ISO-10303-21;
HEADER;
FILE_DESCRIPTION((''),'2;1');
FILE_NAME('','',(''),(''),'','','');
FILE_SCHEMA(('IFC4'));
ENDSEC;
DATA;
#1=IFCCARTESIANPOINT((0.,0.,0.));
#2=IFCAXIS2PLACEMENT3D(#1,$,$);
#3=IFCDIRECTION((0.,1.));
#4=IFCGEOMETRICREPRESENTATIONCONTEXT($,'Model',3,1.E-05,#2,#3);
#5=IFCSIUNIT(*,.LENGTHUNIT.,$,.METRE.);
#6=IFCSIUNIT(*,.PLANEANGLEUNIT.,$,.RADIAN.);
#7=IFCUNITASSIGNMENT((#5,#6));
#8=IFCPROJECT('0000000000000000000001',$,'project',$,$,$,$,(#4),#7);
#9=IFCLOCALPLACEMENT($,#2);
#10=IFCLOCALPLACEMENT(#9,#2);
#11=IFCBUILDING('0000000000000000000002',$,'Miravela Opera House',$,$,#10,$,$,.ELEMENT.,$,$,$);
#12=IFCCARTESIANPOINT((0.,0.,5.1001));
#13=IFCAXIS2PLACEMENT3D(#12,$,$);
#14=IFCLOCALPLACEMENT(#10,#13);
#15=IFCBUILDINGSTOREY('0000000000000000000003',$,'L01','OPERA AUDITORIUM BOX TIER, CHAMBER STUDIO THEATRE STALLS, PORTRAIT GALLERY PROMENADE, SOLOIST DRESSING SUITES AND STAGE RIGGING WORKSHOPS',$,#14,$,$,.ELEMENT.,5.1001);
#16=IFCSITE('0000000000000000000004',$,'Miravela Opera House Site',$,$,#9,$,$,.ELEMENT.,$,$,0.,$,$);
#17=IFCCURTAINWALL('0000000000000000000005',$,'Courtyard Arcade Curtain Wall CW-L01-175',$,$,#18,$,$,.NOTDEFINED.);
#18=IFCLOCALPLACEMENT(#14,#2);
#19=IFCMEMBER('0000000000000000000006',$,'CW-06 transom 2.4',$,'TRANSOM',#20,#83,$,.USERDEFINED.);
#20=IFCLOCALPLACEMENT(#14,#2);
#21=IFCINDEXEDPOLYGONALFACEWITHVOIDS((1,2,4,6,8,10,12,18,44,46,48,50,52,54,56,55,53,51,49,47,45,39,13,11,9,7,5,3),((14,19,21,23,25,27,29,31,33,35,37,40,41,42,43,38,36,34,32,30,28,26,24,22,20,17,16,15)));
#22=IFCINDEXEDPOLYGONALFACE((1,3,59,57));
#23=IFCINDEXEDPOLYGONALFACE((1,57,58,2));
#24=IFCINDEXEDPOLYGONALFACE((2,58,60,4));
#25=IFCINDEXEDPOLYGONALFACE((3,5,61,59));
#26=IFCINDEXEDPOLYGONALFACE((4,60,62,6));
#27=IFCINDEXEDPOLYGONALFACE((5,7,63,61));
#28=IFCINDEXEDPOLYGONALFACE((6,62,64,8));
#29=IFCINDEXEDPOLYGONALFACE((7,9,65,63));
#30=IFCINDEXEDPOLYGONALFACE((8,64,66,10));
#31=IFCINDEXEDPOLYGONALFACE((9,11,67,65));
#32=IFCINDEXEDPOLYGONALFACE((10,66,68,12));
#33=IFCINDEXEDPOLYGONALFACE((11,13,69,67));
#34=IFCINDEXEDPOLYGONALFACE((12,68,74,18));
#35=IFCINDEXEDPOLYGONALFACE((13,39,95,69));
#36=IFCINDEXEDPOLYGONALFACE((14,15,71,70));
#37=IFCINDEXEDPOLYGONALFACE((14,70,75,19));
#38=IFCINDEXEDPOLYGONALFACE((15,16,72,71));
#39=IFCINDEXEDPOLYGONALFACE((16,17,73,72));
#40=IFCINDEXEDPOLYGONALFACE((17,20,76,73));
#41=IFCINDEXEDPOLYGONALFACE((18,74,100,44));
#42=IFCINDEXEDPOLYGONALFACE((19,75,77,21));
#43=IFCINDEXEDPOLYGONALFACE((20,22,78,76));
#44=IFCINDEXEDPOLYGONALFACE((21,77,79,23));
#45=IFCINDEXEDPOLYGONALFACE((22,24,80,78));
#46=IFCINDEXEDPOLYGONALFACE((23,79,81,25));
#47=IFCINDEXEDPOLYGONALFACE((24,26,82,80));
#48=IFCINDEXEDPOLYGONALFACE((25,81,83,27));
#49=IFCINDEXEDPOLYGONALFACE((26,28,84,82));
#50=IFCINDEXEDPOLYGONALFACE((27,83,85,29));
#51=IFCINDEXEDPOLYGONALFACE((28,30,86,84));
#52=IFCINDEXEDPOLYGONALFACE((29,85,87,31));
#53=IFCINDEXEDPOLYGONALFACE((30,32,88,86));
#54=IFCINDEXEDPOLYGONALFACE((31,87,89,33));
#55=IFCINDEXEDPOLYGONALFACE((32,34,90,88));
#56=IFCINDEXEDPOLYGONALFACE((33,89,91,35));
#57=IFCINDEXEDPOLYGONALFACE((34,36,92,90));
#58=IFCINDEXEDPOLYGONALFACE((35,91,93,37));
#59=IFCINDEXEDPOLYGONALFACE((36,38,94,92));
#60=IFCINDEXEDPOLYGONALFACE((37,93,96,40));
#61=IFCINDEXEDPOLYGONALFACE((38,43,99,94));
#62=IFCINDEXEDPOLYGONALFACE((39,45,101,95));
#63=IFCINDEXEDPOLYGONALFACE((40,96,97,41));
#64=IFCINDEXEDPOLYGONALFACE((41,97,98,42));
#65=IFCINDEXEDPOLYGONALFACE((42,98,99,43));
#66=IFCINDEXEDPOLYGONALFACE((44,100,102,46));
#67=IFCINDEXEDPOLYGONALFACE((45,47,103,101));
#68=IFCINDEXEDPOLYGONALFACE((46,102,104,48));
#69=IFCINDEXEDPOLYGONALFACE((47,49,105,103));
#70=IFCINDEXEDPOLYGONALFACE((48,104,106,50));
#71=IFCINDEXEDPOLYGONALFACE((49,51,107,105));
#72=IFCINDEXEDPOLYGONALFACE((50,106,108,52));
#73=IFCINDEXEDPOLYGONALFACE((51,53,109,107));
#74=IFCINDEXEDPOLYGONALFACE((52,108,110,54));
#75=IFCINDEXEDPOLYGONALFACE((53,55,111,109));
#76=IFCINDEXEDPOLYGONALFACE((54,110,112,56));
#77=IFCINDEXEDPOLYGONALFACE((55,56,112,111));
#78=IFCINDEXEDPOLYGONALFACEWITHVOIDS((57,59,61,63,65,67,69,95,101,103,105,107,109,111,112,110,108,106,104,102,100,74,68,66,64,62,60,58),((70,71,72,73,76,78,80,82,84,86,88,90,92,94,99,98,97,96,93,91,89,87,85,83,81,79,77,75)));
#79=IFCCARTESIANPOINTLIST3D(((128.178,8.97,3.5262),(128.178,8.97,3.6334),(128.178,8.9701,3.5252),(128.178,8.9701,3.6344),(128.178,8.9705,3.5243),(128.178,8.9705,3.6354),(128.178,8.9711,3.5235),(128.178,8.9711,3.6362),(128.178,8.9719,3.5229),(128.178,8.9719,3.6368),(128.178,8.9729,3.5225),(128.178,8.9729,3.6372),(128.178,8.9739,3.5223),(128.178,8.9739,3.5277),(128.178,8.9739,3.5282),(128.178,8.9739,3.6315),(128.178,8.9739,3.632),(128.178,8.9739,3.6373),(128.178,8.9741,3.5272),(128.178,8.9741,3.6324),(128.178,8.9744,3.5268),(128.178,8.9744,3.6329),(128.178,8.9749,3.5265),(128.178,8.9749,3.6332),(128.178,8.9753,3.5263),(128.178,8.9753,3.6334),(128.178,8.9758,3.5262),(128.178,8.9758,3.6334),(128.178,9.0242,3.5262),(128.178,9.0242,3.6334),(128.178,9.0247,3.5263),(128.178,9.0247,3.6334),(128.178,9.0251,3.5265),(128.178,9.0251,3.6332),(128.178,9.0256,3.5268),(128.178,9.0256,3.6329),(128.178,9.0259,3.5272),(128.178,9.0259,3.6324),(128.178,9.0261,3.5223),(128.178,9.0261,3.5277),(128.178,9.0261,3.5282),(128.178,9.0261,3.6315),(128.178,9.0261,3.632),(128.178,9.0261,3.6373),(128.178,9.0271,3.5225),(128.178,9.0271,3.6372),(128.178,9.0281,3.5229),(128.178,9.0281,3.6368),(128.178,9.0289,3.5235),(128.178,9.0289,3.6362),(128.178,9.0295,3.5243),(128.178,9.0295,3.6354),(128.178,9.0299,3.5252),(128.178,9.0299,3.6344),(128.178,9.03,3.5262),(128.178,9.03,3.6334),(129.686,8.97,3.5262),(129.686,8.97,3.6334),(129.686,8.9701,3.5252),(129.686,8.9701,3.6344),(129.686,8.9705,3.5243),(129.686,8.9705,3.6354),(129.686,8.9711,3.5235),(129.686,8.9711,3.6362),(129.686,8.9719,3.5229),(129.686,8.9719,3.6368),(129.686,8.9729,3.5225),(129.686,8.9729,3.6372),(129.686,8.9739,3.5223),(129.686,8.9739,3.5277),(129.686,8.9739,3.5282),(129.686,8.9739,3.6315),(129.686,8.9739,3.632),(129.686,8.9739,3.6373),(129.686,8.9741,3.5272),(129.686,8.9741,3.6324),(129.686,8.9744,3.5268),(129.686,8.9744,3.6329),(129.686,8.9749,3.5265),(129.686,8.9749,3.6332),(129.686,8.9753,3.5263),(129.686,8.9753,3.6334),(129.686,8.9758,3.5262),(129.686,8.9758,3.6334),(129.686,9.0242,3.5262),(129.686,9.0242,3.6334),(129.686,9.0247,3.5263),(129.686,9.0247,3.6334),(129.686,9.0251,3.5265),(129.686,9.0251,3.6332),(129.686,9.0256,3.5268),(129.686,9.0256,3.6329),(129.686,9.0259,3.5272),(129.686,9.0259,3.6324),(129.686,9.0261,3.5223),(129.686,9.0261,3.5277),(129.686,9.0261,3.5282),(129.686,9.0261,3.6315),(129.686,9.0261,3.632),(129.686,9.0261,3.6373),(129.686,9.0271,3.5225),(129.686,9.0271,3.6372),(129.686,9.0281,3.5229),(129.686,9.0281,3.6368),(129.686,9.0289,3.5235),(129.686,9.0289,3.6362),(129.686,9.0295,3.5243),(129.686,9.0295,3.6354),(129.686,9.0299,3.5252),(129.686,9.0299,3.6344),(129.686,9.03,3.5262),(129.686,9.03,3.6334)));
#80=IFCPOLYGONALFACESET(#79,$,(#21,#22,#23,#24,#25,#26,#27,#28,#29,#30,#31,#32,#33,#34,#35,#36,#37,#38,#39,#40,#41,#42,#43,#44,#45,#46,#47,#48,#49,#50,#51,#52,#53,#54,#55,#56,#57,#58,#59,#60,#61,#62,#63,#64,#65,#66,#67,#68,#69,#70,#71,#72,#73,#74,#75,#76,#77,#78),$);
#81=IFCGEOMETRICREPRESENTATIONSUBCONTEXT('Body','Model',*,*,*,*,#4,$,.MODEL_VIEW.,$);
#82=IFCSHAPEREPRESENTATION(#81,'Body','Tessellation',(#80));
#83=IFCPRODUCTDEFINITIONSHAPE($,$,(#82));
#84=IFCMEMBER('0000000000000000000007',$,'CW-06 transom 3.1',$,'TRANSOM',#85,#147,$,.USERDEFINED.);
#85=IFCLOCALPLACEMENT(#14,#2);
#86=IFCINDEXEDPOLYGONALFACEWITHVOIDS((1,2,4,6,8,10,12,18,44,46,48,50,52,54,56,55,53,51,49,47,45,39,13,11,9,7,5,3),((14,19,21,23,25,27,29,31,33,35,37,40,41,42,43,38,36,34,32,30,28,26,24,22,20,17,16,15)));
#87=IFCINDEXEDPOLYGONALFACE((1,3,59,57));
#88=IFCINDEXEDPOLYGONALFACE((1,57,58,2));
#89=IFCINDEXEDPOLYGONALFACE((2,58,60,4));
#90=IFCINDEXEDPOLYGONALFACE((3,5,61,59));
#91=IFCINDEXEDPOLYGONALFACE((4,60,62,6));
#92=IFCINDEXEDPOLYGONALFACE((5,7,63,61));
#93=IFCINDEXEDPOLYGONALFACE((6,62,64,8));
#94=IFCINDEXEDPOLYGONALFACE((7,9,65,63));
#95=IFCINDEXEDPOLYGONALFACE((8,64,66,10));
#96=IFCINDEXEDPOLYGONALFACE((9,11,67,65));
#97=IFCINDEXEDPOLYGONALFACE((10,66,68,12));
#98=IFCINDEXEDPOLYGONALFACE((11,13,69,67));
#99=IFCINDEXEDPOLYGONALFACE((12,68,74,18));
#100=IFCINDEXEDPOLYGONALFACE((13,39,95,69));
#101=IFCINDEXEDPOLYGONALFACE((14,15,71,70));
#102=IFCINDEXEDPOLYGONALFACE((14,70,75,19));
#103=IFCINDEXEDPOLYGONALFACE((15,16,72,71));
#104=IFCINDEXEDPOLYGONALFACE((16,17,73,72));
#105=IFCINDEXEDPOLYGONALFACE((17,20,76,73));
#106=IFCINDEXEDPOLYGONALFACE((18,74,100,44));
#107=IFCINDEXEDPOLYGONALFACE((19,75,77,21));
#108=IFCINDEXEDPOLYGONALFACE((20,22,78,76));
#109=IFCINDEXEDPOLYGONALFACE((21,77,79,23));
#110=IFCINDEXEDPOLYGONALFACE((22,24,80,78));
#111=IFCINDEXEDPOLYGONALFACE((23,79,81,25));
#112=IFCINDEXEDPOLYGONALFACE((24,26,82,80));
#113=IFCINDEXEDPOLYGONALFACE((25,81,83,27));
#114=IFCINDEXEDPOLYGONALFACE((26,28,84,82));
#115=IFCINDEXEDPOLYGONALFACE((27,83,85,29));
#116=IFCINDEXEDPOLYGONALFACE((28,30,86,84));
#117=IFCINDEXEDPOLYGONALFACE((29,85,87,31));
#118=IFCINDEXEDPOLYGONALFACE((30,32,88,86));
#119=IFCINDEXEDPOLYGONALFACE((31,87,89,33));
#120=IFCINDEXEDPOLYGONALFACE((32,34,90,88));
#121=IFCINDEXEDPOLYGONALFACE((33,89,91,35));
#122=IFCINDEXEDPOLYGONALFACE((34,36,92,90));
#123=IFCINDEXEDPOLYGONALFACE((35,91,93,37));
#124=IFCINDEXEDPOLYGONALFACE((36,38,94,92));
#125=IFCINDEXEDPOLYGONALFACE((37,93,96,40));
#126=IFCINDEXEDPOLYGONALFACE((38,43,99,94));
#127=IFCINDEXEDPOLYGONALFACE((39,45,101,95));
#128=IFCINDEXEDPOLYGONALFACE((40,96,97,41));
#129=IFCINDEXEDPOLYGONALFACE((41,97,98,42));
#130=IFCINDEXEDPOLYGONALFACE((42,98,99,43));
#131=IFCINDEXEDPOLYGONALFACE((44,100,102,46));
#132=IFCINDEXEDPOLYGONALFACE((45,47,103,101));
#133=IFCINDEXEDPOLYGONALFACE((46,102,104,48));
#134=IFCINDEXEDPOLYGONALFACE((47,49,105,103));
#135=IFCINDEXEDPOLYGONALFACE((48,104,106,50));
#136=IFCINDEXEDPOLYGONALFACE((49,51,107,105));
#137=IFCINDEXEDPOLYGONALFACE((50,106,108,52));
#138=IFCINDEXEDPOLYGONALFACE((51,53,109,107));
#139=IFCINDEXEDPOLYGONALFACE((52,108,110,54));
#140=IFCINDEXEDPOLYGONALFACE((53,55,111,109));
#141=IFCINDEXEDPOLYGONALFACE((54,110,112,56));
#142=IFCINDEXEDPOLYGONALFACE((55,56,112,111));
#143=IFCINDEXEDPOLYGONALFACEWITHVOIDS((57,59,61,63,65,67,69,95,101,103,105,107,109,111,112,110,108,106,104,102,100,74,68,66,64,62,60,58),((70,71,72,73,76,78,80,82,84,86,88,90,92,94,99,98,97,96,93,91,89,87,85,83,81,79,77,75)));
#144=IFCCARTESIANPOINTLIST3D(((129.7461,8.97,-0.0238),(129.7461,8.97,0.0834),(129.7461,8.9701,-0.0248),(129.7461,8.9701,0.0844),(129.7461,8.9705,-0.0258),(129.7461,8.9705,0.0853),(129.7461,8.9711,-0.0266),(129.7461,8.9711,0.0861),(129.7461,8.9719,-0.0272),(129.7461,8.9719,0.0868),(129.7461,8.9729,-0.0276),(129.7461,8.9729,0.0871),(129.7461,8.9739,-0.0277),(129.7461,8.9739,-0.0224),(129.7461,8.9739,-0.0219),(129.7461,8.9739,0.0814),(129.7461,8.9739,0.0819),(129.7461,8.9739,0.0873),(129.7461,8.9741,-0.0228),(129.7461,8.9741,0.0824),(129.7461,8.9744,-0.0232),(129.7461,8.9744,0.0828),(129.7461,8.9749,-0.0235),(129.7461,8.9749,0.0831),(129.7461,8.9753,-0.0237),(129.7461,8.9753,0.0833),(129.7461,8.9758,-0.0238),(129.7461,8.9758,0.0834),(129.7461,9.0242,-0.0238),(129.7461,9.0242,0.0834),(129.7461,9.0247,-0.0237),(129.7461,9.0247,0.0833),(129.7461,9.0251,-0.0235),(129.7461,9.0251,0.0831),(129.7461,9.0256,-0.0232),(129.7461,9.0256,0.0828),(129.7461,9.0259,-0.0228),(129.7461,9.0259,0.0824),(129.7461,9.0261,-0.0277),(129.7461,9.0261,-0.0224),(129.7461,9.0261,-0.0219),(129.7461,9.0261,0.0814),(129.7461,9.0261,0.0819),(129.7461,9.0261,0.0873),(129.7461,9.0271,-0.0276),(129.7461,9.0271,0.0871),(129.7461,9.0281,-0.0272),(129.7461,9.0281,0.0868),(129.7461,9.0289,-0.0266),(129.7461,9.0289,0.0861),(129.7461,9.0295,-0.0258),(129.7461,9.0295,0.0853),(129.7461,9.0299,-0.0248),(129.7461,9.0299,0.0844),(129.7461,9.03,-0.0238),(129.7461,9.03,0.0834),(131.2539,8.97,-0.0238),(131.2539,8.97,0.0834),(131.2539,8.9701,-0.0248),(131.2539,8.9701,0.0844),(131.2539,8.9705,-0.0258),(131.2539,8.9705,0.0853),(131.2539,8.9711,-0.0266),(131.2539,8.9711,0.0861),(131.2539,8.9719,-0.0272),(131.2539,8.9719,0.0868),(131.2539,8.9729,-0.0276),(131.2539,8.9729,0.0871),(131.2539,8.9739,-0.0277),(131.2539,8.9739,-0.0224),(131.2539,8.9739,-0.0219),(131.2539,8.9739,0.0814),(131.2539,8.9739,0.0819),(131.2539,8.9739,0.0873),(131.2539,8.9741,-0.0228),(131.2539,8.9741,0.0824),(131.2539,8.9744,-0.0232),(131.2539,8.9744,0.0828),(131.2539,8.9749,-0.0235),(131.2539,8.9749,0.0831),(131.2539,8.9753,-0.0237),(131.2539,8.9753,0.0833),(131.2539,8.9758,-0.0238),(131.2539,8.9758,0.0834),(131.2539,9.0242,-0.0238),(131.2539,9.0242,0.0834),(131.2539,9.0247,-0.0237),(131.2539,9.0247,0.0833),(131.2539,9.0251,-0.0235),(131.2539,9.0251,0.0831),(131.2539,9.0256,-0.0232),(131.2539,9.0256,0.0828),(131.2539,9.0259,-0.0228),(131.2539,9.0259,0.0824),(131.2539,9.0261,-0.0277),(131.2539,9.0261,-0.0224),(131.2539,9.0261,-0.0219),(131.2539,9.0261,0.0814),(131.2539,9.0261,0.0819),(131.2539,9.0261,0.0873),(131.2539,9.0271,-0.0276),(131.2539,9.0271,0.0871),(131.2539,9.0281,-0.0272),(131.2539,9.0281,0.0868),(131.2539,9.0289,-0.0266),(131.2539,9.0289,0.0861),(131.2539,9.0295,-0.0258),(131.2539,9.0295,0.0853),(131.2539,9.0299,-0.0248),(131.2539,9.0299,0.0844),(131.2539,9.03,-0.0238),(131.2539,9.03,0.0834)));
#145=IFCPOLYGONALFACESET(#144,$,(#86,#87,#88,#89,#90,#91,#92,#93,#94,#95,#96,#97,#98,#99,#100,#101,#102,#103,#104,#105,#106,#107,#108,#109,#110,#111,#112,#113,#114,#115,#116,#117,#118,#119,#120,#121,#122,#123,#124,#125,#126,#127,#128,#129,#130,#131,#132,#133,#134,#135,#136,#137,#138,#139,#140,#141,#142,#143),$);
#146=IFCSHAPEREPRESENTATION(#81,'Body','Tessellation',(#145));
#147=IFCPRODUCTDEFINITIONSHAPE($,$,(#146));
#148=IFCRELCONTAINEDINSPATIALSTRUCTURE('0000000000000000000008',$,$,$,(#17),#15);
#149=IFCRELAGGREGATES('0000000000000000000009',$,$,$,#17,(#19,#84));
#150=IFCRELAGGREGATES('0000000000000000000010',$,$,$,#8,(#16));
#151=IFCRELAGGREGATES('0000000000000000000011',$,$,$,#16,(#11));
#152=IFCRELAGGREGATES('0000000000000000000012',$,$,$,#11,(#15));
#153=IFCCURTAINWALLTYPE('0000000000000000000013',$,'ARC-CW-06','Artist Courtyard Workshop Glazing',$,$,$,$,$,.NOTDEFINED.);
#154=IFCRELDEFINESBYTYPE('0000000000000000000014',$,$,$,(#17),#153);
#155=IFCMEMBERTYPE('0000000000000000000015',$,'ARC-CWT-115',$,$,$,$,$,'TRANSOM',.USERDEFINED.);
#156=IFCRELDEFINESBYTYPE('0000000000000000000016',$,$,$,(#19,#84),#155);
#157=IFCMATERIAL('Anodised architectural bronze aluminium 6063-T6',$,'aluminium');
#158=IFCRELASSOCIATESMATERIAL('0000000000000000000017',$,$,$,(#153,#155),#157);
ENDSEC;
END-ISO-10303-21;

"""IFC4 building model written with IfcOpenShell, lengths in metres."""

from ifc_helpers import new_model, si_unit, direction, frame, origin, origin_2d, place, context, subcontext, project, spatial, hollow_rectangle, extrude, material, material_profile, profile_set, type_object, element, aggregate, save


model = new_model("IFC4")

# Units and contexts
model_context = context("Model", 3, precision=1e-05, world=origin(), true_north=direction((0.0, 1.0)))
body_context = subcontext(model_context, "Body", "Model", "MODEL_VIEW")
ifc_project = project(units=[si_unit("LENGTHUNIT", "METRE"), si_unit("PLANEANGLEUNIT", "RADIAN")], contexts=[model_context])

# Site, building, storey
site_placement = place(None, origin())
site = spatial("IfcSite", under=ifc_project, at=site_placement, Name="Miravela Opera House Site", CompositionType="ELEMENT", RefElevation=0.0)
building_placement = place(site_placement, origin())
building = spatial("IfcBuilding", under=site, at=building_placement, Name="Miravela Opera House", CompositionType="ELEMENT")
storey_placement = place(building_placement, frame((0.0, 0.0, 5.1001)))
storey = spatial("IfcBuildingStorey", under=building, at=storey_placement, Name="L01", Description="OPERA AUDITORIUM BOX TIER, CHAMBER STUDIO THEATRE STALLS, PORTRAIT GALLERY PROMENADE, SOLOIST DRESSING SUITES AND STAGE RIGGING WORKSHOPS", CompositionType="ELEMENT", Elevation=5.1001)

# Shared definitions
ifc_material_1 = material(Name="Anodised architectural bronze aluminium 6063-T6", Category="aluminium")
curtain_wall_type = type_object("IfcCurtainWallType", Name="ARC-CW-06", Description="Artist Courtyard Workshop Glazing", PredefinedType="NOTDEFINED", material=ifc_material_1)

# Curtain wall
curtain_wall_1_placement = place(storey_placement, origin())
curtain_wall_1 = element("IfcCurtainWall", 1, at=curtain_wall_1_placement, inside=storey, type_object=curtain_wall_type, Name="Courtyard Arcade Curtain Wall CW-L01-175", PredefinedType="NOTDEFINED")

# Members
ifc_material_profile_1 = material_profile(ifc_material_1, hollow_rectangle(XDim=0.0601, YDim=0.115, WallThickness=0.0039, InnerFilletRadius=0.002, OuterFilletRadius=0.0039, at=origin_2d()), Name="CWT-60X115")
ifc_profile_set_1 = profile_set([ifc_material_profile_1])
member_type_1 = type_object("IfcMemberType", Name="ARC-CWT-115", ElementType="TRANSOM", PredefinedType="USERDEFINED", material=ifc_profile_set_1)
member_1_placement = place(storey_placement, frame((128.178, 9.0, 3.5798), z_axis=(1.0, 0.0, 0.0), x_axis=(0.0, 1.0, 0.0)))
member_1 = element("IfcMember", 2, at=member_1_placement, type_object=member_type_1, Name="CW-06 transom 2.4", ObjectType="TRANSOM", PredefinedType="USERDEFINED", context=body_context, shape_type="SweptSolid", body=[
    extrude(hollow_rectangle(XDim=0.0601, YDim=0.115, WallThickness=0.0039, InnerFilletRadius=0.002, OuterFilletRadius=0.0039, at=origin_2d()), origin(), (0.0, 0.0, 1.0), 1.5081),
])
member_2_placement = place(storey_placement, frame((129.7461, 9.0, 0.0298), z_axis=(1.0, 0.0, 0.0), x_axis=(0.0, 1.0, 0.0)))
member_2 = element("IfcMember", 3, at=member_2_placement, type_object=member_type_1, Name="CW-06 transom 3.1", ObjectType="TRANSOM", PredefinedType="USERDEFINED", context=body_context, shape_type="SweptSolid", body=[
    extrude(hollow_rectangle(XDim=0.0601, YDim=0.115, WallThickness=0.0039, InnerFilletRadius=0.002, OuterFilletRadius=0.0039, at=origin_2d()), origin(), (0.0, 0.0, 1.0), 1.5078),
])

aggregate(curtain_wall_1, [member_1, member_2])

save(model, "model.ifc")
